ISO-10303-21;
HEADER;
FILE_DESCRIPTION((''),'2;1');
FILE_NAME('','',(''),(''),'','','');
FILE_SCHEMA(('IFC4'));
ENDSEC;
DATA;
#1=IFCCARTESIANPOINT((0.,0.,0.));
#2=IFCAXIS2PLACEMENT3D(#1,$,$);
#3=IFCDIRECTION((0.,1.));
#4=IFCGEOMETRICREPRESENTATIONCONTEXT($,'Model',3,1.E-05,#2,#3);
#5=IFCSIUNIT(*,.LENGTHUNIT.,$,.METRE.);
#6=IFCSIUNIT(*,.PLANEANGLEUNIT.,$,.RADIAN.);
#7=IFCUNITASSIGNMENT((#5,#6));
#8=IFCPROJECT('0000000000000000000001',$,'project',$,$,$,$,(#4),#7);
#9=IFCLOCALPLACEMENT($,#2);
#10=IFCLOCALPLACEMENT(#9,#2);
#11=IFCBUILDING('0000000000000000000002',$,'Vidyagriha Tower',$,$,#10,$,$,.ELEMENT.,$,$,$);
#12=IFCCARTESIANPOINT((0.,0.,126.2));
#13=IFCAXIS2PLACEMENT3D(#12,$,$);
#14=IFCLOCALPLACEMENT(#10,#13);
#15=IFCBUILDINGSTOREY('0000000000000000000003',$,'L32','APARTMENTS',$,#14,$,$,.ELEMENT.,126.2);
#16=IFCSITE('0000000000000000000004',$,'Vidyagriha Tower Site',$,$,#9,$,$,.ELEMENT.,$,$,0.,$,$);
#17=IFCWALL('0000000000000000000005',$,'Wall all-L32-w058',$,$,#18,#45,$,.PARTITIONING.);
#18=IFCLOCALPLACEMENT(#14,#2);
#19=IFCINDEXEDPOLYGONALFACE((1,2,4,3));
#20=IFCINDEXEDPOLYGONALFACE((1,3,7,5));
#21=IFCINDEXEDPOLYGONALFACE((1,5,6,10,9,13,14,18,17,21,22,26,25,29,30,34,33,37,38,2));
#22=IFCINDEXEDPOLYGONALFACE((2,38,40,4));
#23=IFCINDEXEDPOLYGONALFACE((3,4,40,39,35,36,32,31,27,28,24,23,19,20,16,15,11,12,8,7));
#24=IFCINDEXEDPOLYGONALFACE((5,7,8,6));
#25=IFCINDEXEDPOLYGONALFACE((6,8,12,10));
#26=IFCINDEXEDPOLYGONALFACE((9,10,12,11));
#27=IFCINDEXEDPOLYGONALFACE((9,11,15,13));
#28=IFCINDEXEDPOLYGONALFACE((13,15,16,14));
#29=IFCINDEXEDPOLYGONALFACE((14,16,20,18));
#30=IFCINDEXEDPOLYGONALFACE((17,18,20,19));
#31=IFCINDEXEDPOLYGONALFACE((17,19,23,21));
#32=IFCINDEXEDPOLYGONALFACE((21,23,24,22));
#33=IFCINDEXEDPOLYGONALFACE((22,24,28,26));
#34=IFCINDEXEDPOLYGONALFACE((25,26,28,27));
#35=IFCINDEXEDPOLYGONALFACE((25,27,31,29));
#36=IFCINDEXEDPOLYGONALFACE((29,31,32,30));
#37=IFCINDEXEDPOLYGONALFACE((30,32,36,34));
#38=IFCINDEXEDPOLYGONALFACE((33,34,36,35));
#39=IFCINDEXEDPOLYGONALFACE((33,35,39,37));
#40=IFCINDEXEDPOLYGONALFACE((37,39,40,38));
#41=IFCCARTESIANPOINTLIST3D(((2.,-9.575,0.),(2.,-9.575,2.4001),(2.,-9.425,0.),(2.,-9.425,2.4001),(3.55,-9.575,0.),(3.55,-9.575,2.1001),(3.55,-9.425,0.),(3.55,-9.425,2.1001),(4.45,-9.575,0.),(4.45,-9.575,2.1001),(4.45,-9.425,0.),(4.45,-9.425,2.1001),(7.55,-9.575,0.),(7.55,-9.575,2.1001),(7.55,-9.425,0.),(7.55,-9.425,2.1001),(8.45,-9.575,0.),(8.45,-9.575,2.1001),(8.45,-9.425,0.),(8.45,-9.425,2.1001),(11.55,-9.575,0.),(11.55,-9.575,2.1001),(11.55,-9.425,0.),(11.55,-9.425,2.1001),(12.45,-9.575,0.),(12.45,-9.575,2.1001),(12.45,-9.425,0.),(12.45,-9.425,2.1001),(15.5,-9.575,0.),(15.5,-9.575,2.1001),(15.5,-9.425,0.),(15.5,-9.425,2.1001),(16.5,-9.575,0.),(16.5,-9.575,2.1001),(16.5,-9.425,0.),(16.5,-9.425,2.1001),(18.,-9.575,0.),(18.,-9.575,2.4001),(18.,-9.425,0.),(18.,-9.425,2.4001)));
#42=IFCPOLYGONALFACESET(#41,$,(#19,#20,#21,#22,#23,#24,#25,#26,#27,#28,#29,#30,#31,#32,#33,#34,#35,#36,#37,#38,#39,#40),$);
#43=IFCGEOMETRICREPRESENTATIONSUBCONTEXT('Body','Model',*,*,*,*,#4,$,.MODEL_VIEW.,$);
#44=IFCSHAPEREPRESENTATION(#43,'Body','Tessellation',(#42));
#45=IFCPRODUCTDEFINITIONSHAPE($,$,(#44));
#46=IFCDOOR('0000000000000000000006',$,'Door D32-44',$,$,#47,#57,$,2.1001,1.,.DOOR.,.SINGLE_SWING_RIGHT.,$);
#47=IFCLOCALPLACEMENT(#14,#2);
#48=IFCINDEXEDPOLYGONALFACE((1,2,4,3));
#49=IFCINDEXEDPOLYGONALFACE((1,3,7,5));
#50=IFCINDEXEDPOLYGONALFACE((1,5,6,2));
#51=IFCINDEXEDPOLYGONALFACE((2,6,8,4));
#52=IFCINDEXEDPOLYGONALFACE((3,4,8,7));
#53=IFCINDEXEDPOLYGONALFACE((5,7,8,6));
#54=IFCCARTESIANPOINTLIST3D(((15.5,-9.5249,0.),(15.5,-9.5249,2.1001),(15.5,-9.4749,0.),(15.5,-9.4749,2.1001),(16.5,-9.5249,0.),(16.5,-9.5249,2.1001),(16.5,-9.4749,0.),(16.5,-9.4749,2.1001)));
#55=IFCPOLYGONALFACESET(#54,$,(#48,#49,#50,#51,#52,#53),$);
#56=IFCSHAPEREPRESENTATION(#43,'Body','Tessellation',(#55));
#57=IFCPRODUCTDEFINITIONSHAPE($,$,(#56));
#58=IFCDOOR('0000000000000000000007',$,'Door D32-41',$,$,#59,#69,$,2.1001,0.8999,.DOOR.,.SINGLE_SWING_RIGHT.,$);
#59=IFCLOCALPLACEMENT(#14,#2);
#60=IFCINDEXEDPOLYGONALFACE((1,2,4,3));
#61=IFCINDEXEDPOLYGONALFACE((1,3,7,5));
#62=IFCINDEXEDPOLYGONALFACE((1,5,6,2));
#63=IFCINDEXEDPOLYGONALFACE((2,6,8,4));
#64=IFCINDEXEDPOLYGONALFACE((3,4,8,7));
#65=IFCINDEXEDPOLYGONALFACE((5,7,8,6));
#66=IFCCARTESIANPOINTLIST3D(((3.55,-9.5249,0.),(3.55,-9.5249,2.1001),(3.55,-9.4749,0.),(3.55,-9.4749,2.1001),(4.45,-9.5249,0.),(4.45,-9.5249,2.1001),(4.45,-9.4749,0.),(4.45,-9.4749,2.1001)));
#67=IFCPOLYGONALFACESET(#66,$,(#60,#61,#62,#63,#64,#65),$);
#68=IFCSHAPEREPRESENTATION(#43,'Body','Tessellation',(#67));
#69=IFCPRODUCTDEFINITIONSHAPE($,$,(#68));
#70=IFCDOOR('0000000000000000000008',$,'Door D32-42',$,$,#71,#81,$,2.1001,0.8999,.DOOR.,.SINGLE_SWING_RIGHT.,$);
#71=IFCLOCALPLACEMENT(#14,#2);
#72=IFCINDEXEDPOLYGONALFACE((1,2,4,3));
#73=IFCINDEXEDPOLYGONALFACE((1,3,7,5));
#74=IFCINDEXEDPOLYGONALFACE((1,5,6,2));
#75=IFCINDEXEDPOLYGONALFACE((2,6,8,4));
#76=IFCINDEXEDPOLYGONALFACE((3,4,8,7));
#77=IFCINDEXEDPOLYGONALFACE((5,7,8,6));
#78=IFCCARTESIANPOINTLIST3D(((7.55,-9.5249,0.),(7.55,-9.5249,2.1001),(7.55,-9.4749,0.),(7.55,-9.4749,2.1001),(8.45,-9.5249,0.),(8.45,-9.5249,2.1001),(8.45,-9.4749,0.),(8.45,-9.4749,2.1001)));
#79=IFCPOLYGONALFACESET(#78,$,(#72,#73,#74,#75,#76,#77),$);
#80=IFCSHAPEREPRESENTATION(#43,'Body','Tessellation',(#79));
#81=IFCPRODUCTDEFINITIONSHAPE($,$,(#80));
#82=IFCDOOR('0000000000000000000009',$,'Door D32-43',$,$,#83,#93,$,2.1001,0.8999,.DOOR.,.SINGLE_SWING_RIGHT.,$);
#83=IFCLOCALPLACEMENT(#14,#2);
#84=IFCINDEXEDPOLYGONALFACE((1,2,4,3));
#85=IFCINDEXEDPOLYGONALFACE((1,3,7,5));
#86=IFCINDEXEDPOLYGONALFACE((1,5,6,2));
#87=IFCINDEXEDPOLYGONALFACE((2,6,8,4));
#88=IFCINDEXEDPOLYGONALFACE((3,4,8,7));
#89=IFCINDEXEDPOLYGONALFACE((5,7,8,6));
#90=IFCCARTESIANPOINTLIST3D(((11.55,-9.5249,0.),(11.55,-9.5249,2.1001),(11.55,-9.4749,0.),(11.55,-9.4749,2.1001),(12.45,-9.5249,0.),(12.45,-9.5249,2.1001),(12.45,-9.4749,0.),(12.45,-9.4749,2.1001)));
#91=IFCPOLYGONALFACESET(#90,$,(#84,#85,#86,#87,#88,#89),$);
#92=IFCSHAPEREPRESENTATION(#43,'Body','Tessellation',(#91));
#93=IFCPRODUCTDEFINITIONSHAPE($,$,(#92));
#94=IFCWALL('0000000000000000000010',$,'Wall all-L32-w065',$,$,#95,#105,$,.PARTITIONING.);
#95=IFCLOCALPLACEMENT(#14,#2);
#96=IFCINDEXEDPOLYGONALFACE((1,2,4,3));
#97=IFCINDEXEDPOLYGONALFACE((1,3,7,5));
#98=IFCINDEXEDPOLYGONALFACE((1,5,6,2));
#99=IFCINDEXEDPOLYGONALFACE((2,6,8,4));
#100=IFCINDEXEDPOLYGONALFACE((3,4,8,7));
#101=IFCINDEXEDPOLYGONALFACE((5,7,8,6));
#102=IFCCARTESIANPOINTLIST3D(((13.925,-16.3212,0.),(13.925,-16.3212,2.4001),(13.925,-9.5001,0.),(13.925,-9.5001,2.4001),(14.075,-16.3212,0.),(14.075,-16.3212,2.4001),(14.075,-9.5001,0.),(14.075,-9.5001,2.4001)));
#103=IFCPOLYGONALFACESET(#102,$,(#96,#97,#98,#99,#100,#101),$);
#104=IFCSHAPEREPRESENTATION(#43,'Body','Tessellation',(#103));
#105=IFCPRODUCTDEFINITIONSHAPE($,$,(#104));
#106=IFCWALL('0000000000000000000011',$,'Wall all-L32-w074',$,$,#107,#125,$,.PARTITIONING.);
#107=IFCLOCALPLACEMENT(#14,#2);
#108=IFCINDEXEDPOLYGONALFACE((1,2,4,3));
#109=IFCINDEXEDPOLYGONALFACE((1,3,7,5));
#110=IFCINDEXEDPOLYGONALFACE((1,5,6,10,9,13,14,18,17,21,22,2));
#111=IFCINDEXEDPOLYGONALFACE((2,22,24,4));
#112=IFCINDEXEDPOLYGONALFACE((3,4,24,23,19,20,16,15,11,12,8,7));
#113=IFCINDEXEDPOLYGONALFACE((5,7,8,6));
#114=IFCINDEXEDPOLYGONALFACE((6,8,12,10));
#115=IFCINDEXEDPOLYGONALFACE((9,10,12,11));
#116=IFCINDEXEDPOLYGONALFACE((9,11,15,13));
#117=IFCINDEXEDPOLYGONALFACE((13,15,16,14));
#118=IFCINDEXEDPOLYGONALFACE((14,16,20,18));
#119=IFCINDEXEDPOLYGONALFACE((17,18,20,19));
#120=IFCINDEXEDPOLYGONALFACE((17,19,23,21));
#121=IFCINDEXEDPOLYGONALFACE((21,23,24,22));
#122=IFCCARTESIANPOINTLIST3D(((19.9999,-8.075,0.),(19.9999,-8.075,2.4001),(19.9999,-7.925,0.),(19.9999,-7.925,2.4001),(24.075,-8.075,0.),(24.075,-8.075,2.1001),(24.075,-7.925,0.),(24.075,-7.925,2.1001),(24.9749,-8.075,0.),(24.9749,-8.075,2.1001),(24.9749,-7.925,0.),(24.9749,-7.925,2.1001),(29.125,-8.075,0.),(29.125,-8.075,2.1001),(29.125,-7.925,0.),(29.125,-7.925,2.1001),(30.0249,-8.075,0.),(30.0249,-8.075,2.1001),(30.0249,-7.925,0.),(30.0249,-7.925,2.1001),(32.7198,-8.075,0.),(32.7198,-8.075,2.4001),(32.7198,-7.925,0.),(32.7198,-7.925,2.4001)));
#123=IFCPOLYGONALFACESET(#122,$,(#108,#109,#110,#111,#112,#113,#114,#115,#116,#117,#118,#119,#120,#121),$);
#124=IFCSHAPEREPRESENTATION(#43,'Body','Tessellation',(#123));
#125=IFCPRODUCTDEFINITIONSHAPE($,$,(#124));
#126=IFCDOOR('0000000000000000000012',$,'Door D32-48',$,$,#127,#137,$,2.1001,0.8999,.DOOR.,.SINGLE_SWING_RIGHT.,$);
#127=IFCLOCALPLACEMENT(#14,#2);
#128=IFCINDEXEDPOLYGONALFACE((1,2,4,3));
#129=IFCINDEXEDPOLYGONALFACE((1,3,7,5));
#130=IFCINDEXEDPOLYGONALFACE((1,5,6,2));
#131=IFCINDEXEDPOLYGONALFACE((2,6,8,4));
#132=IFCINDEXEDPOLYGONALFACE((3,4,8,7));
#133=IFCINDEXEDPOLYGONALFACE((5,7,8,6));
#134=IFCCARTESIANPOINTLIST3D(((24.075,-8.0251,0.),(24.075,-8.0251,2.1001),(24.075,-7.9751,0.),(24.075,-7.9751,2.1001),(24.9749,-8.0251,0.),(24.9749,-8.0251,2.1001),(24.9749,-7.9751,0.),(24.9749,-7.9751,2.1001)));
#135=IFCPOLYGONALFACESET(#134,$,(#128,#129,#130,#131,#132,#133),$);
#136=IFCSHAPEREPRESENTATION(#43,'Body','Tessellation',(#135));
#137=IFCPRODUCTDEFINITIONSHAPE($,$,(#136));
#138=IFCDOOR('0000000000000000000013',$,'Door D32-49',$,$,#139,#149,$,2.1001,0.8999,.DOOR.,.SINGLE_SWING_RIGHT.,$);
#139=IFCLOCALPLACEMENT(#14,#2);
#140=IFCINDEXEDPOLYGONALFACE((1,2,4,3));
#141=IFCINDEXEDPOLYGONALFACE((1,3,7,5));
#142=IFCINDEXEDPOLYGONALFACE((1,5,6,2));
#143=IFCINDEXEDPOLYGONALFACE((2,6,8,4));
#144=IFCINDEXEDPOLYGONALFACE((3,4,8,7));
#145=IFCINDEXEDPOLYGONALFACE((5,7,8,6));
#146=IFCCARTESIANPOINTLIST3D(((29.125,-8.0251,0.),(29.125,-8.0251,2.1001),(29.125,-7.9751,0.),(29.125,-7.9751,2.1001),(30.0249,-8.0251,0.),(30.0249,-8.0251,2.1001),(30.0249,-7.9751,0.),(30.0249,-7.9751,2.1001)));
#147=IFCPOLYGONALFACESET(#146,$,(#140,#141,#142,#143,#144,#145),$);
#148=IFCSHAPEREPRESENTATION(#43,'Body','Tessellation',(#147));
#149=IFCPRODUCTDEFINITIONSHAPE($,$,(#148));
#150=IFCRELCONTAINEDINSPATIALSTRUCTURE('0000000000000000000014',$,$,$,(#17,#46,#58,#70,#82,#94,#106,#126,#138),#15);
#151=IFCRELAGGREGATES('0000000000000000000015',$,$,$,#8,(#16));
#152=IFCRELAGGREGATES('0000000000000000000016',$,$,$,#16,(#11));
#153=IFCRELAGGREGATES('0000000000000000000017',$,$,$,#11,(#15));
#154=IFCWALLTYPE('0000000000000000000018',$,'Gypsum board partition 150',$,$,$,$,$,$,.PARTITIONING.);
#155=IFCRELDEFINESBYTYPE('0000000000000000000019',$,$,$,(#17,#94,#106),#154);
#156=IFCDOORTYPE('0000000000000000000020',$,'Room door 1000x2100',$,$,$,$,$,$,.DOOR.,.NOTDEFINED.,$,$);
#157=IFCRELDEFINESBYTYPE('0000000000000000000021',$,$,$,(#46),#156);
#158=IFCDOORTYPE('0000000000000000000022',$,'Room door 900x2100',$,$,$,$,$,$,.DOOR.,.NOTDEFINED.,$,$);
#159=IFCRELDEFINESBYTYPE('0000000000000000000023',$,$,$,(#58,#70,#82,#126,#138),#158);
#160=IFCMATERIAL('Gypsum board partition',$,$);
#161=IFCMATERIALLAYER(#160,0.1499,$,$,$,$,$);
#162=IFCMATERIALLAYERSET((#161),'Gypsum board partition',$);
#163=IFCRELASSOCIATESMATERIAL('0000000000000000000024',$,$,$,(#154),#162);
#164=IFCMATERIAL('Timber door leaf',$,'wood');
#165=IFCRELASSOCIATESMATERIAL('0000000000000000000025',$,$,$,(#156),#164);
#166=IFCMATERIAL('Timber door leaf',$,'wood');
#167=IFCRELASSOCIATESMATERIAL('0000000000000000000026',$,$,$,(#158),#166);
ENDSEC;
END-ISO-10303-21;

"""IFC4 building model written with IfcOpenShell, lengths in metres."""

from ifc_helpers import new_model, si_unit, direction, frame, frame_2d, origin, place, context, subcontext, project, spatial, rectangle, extrude, material, layer, layer_set, type_object, element, fill, save


model = new_model("IFC4")

# Units and contexts
model_context = context("Model", 3, precision=1e-05, world=origin(), true_north=direction((0.0, 1.0)))
body_context = subcontext(model_context, "Body", "Model", "MODEL_VIEW")
ifc_project = project(units=[si_unit("LENGTHUNIT", "METRE"), si_unit("PLANEANGLEUNIT", "RADIAN")], contexts=[model_context])

# Site, building, storey
site_placement = place(None, origin())
site = spatial("IfcSite", under=ifc_project, at=site_placement, Name="Vidyagriha Tower Site", CompositionType="ELEMENT", RefElevation=0.0)
building_placement = place(site_placement, origin())
building = spatial("IfcBuilding", under=site, at=building_placement, Name="Vidyagriha Tower", CompositionType="ELEMENT")
storey_placement = place(building_placement, frame((0.0, 0.0, 126.2)))
storey = spatial("IfcBuildingStorey", under=building, at=storey_placement, Name="L32", Description="APARTMENTS", CompositionType="ELEMENT", Elevation=126.2)

# Shared definitions
ifc_material_1 = material(Name="Gypsum board partition")
ifc_layer_1 = layer(ifc_material_1, 0.1499)
ifc_layer_set_1 = layer_set([ifc_layer_1], Name="Gypsum board partition")
wall_type_1 = type_object("IfcWallType", Name="Gypsum board partition 150", PredefinedType="PARTITIONING", material=ifc_layer_set_1)

# Wall, openings, doors
wall_1_placement = place(storey_placement, frame((18.0, -9.5, 0.0), z_axis=(0.0, 0.0, 1.0), x_axis=(-1.0, 0.0, 0.0)))
wall_1 = element("IfcWall", 1, at=wall_1_placement, inside=storey, type_object=wall_type_1, Name="Wall all-L32-w058", PredefinedType="PARTITIONING", context=body_context, shape_type="SweptSolid", body=[
    extrude(rectangle(XDim=16.0, YDim=0.1499, at=frame_2d((8.0, 0.0))), origin(), (0.0, 0.0, 1.0), 2.4001),
])
opening_1_placement = place(wall_1_placement, frame((13.55, 0.0, 0.0)))
opening_1 = element("IfcOpeningElement", 2, at=opening_1_placement, cuts=wall_1, PredefinedType="OPENING", context=body_context, shape_type="SweptSolid", body=[
    extrude(rectangle(XDim=0.8999, YDim=2.1001, at=frame_2d((0.45, 1.05))), frame((0.0, 0.085, 0.0), z_axis=(0.0, -1.0, 0.0), x_axis=(1.0, 0.0, 0.0)), (0.0, 0.0, 1.0), 0.1699),
])
opening_2_placement = place(wall_1_placement, frame((9.55, 0.0, 0.0)))
opening_2 = element("IfcOpeningElement", 3, at=opening_2_placement, cuts=wall_1, PredefinedType="OPENING", context=body_context, shape_type="SweptSolid", body=[
    extrude(rectangle(XDim=0.8999, YDim=2.1001, at=frame_2d((0.45, 1.05))), frame((0.0, 0.085, 0.0), z_axis=(0.0, -1.0, 0.0), x_axis=(1.0, 0.0, 0.0)), (0.0, 0.0, 1.0), 0.1699),
])
opening_3_placement = place(wall_1_placement, frame((5.55, 0.0, 0.0)))
opening_3 = element("IfcOpeningElement", 4, at=opening_3_placement, cuts=wall_1, PredefinedType="OPENING", context=body_context, shape_type="SweptSolid", body=[
    extrude(rectangle(XDim=0.8999, YDim=2.1001, at=frame_2d((0.45, 1.05))), frame((0.0, 0.085, 0.0), z_axis=(0.0, -1.0, 0.0), x_axis=(1.0, 0.0, 0.0)), (0.0, 0.0, 1.0), 0.1699),
])
opening_4_placement = place(wall_1_placement, frame((1.5, 0.0, 0.0)))
opening_4 = element("IfcOpeningElement", 5, at=opening_4_placement, cuts=wall_1, PredefinedType="OPENING", context=body_context, shape_type="SweptSolid", body=[
    extrude(rectangle(XDim=1.0, YDim=2.1001, at=frame_2d((0.5, 1.05))), frame((0.0, 0.085, 0.0), z_axis=(0.0, -1.0, 0.0), x_axis=(1.0, 0.0, 0.0)), (0.0, 0.0, 1.0), 0.1699),
])
ifc_material_2 = material(Name="Timber door leaf", Category="wood")
door_type_1 = type_object("IfcDoorType", Name="Room door 1000x2100", OperationType="NOTDEFINED", PredefinedType="DOOR", material=ifc_material_2)
door_1_placement = place(opening_4_placement, origin())
door_1 = element("IfcDoor", 6, at=door_1_placement, inside=storey, type_object=door_type_1, Name="Door D32-44", OperationType="SINGLE_SWING_RIGHT", OverallHeight=2.1001, OverallWidth=1.0, PredefinedType="DOOR", context=body_context, shape_type="SweptSolid", body=[
    extrude(rectangle(XDim=1.0, YDim=2.1001, at=frame_2d((0.5, 1.05))), frame((0.0, 0.0249, 0.0), z_axis=(0.0, -1.0, 0.0), x_axis=(1.0, 0.0, 0.0)), (0.0, 0.0, 1.0), 0.05),
])
fill(opening_4, door_1)
ifc_material_3 = material(Name="Timber door leaf", Category="wood")
door_type_2 = type_object("IfcDoorType", Name="Room door 900x2100", OperationType="NOTDEFINED", PredefinedType="DOOR", material=ifc_material_3)
door_2_placement = place(opening_1_placement, origin())
door_2 = element("IfcDoor", 7, at=door_2_placement, inside=storey, type_object=door_type_2, Name="Door D32-41", OperationType="SINGLE_SWING_RIGHT", OverallHeight=2.1001, OverallWidth=0.8999, PredefinedType="DOOR", context=body_context, shape_type="SweptSolid", body=[
    extrude(rectangle(XDim=0.8999, YDim=2.1001, at=frame_2d((0.45, 1.05))), frame((0.0, 0.0249, 0.0), z_axis=(0.0, -1.0, 0.0), x_axis=(1.0, 0.0, 0.0)), (0.0, 0.0, 1.0), 0.05),
])
fill(opening_1, door_2)
door_3_placement = place(opening_2_placement, origin())
door_3 = element("IfcDoor", 8, at=door_3_placement, inside=storey, type_object=door_type_2, Name="Door D32-42", OperationType="SINGLE_SWING_RIGHT", OverallHeight=2.1001, OverallWidth=0.8999, PredefinedType="DOOR", context=body_context, shape_type="SweptSolid", body=[
    extrude(rectangle(XDim=0.8999, YDim=2.1001, at=frame_2d((0.45, 1.05))), frame((0.0, 0.0249, 0.0), z_axis=(0.0, -1.0, 0.0), x_axis=(1.0, 0.0, 0.0)), (0.0, 0.0, 1.0), 0.05),
])
fill(opening_2, door_3)
door_4_placement = place(opening_3_placement, origin())
door_4 = element("IfcDoor", 9, at=door_4_placement, inside=storey, type_object=door_type_2, Name="Door D32-43", OperationType="SINGLE_SWING_RIGHT", OverallHeight=2.1001, OverallWidth=0.8999, PredefinedType="DOOR", context=body_context, shape_type="SweptSolid", body=[
    extrude(rectangle(XDim=0.8999, YDim=2.1001, at=frame_2d((0.45, 1.05))), frame((0.0, 0.0249, 0.0), z_axis=(0.0, -1.0, 0.0), x_axis=(1.0, 0.0, 0.0)), (0.0, 0.0, 1.0), 0.05),
])
fill(opening_3, door_4)

# Wall
wall_2_placement = place(storey_placement, frame((14.0, -9.5, 0.0), z_axis=(0.0, 0.0, 1.0), x_axis=(0.0, -1.0, 0.0)))
element("IfcWall", 10, at=wall_2_placement, inside=storey, type_object=wall_type_1, Name="Wall all-L32-w065", PredefinedType="PARTITIONING", context=body_context, shape_type="SweptSolid", body=[
    extrude(rectangle(XDim=6.821, YDim=0.1499, at=frame_2d((3.4106, 0.0))), origin(), (0.0, 0.0, 1.0), 2.4001),
])

# Wall, openings, doors
wall_3_placement = place(storey_placement, frame((20.0, -8.0, 0.0)))
wall_3 = element("IfcWall", 11, at=wall_3_placement, inside=storey, type_object=wall_type_1, Name="Wall all-L32-w074", PredefinedType="PARTITIONING", context=body_context, shape_type="SweptSolid", body=[
    extrude(rectangle(XDim=12.72, YDim=0.1499, at=frame_2d((6.3599, 0.0))), origin(), (0.0, 0.0, 1.0), 2.4001),
])
opening_5_placement = place(wall_3_placement, frame((4.075, 0.0, 0.0)))
opening_5 = element("IfcOpeningElement", 12, at=opening_5_placement, cuts=wall_3, PredefinedType="OPENING", context=body_context, shape_type="SweptSolid", body=[
    extrude(rectangle(XDim=0.8999, YDim=2.1001, at=frame_2d((0.45, 1.05))), frame((0.0, 0.085, 0.0), z_axis=(0.0, -1.0, 0.0), x_axis=(1.0, 0.0, 0.0)), (0.0, 0.0, 1.0), 0.1699),
])
opening_6_placement = place(wall_3_placement, frame((9.125, 0.0, 0.0)))
opening_6 = element("IfcOpeningElement", 13, at=opening_6_placement, cuts=wall_3, PredefinedType="OPENING", context=body_context, shape_type="SweptSolid", body=[
    extrude(rectangle(XDim=0.8999, YDim=2.1001, at=frame_2d((0.45, 1.05))), frame((0.0, 0.085, 0.0), z_axis=(0.0, -1.0, 0.0), x_axis=(1.0, 0.0, 0.0)), (0.0, 0.0, 1.0), 0.1699),
])
door_5_placement = place(opening_5_placement, origin())
door_5 = element("IfcDoor", 14, at=door_5_placement, inside=storey, type_object=door_type_2, Name="Door D32-48", OperationType="SINGLE_SWING_RIGHT", OverallHeight=2.1001, OverallWidth=0.8999, PredefinedType="DOOR", context=body_context, shape_type="SweptSolid", body=[
    extrude(rectangle(XDim=0.8999, YDim=2.1001, at=frame_2d((0.45, 1.05))), frame((0.0, 0.0249, 0.0), z_axis=(0.0, -1.0, 0.0), x_axis=(1.0, 0.0, 0.0)), (0.0, 0.0, 1.0), 0.05),
])
fill(opening_5, door_5)
door_6_placement = place(opening_6_placement, origin())
door_6 = element("IfcDoor", 15, at=door_6_placement, inside=storey, type_object=door_type_2, Name="Door D32-49", OperationType="SINGLE_SWING_RIGHT", OverallHeight=2.1001, OverallWidth=0.8999, PredefinedType="DOOR", context=body_context, shape_type="SweptSolid", body=[
    extrude(rectangle(XDim=0.8999, YDim=2.1001, at=frame_2d((0.45, 1.05))), frame((0.0, 0.0249, 0.0), z_axis=(0.0, -1.0, 0.0), x_axis=(1.0, 0.0, 0.0)), (0.0, 0.0, 1.0), 0.05),
])
fill(opening_6, door_6)

save(model, "model.ifc")
